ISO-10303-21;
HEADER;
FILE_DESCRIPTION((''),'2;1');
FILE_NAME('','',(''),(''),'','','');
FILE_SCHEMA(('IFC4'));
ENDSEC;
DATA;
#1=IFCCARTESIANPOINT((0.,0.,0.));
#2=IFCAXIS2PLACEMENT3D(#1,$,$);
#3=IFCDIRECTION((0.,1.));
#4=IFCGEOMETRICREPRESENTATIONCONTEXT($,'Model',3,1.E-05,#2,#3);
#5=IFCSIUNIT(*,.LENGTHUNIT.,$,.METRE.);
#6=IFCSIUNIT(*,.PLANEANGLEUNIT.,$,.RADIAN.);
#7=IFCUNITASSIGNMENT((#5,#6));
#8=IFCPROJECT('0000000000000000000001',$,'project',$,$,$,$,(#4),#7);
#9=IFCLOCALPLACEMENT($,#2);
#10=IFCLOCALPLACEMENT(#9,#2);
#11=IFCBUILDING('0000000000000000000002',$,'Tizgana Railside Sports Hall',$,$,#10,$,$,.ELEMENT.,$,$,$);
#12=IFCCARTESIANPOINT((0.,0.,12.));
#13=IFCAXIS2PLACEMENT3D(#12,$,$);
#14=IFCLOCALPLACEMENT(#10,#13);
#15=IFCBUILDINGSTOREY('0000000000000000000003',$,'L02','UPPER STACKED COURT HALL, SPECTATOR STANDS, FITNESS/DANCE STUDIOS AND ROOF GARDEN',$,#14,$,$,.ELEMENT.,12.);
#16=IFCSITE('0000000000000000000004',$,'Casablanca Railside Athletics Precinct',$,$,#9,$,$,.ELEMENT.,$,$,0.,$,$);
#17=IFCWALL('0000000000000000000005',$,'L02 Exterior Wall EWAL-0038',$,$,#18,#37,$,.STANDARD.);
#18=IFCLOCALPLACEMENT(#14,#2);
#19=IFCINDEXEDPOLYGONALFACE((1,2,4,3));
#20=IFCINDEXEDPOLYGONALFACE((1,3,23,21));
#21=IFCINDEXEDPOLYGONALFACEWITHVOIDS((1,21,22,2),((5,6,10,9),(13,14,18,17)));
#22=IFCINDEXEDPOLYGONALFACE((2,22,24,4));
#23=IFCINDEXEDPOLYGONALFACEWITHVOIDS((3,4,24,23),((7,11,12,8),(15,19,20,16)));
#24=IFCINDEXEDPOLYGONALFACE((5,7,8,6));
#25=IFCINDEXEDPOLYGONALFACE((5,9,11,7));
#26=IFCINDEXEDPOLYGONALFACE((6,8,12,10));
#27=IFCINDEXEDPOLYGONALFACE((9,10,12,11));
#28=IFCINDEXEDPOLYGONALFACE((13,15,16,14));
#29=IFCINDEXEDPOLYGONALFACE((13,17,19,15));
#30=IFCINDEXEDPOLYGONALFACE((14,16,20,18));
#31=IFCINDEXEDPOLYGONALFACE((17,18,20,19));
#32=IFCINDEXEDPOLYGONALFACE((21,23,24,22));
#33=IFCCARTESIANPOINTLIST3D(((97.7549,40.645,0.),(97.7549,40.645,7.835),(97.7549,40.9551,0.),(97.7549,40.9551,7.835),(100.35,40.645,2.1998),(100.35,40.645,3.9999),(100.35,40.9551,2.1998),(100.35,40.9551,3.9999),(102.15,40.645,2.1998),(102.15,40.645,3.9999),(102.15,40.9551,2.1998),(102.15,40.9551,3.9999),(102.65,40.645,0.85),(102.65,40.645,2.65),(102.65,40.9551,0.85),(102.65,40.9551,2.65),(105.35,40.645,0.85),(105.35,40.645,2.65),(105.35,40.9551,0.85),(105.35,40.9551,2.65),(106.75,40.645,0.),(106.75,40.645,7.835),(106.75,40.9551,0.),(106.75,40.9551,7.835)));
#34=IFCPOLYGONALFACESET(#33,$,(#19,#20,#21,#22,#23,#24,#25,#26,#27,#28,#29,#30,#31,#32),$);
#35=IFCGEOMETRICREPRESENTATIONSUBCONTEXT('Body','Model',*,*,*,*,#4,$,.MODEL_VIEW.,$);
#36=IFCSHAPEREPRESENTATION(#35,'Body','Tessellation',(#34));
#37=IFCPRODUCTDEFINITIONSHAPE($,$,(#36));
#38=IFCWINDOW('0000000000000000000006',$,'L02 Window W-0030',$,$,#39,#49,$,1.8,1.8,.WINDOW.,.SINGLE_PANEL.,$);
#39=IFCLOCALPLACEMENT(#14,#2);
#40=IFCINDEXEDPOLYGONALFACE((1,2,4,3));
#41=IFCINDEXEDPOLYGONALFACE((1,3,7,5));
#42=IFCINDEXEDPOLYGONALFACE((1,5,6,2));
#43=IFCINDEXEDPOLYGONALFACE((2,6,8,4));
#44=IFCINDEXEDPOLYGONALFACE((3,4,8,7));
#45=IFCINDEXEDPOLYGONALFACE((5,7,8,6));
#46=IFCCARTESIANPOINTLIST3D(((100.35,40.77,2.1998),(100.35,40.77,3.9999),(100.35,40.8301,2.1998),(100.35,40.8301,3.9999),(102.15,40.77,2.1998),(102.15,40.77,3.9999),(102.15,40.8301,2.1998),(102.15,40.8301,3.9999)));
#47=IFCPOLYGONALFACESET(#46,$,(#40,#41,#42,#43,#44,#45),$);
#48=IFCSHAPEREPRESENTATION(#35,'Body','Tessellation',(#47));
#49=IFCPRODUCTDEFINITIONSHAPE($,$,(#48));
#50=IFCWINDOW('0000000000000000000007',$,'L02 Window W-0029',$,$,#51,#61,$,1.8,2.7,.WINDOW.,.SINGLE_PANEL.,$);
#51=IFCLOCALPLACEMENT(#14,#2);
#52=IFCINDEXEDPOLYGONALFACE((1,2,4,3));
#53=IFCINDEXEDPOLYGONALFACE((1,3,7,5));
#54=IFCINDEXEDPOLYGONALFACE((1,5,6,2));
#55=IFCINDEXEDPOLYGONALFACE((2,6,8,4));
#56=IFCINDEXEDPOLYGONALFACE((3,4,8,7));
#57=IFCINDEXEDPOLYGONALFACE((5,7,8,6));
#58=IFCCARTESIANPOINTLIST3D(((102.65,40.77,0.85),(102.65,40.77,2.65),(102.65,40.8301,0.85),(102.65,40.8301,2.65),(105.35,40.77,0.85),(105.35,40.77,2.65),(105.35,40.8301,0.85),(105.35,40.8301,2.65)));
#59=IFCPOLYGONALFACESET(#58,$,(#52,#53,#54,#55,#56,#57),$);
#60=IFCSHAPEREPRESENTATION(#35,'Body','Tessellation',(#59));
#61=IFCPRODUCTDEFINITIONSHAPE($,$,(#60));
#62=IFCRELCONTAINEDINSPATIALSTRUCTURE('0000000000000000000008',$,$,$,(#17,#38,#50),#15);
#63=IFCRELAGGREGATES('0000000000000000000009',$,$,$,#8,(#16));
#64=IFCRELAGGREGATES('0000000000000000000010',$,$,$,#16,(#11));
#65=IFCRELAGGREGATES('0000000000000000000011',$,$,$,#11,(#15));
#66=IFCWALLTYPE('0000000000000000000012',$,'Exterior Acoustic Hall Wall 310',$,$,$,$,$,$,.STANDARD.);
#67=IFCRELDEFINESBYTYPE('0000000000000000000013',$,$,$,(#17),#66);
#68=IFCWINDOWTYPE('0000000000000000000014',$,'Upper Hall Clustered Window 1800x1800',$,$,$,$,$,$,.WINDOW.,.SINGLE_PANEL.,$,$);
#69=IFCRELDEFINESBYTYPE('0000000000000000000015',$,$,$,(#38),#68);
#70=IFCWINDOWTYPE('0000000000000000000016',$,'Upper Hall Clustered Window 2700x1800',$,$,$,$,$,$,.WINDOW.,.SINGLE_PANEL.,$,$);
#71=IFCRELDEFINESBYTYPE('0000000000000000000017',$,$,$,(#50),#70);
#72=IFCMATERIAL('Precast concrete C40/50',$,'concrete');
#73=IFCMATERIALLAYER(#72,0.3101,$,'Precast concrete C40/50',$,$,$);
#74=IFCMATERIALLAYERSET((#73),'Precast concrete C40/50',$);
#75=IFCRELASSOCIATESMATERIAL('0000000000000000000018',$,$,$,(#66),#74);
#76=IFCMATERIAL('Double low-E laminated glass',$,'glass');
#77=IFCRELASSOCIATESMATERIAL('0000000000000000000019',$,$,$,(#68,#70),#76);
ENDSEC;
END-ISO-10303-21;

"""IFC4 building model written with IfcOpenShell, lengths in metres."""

from ifc_helpers import new_model, si_unit, direction, frame, frame_2d, origin, place, context, subcontext, project, spatial, rectangle, extrude, material, layer, layer_set, type_object, element, fill, save


model = new_model("IFC4")

# Units and contexts
model_context = context("Model", 3, precision=1e-05, world=origin(), true_north=direction((0.0, 1.0)))
body_context = subcontext(model_context, "Body", "Model", "MODEL_VIEW")
ifc_project = project(units=[si_unit("LENGTHUNIT", "METRE"), si_unit("PLANEANGLEUNIT", "RADIAN")], contexts=[model_context])

# Site, building, storey
site_placement = place(None, origin())
site = spatial("IfcSite", under=ifc_project, at=site_placement, Name="Casablanca Railside Athletics Precinct", CompositionType="ELEMENT", RefElevation=0.0)
building_placement = place(site_placement, origin())
building = spatial("IfcBuilding", under=site, at=building_placement, Name="Tizgana Railside Sports Hall", CompositionType="ELEMENT")
storey_placement = place(building_placement, frame((0.0, 0.0, 12.0)))
storey = spatial("IfcBuildingStorey", under=building, at=storey_placement, Name="L02", Description="UPPER STACKED COURT HALL, SPECTATOR STANDS, FITNESS/DANCE STUDIOS AND ROOF GARDEN", CompositionType="ELEMENT", Elevation=12.0)

# Shared definitions
ifc_material_1 = material(Name="Precast concrete C40/50", Category="concrete")
ifc_layer_1 = layer(ifc_material_1, 0.3101, Name="Precast concrete C40/50")
ifc_layer_set_1 = layer_set([ifc_layer_1], Name="Precast concrete C40/50")
wall_type = type_object("IfcWallType", Name="Exterior Acoustic Hall Wall 310", PredefinedType="STANDARD", material=ifc_layer_set_1)

# Wall, openings, windows
wall_1_placement = place(storey_placement, frame((106.75, 40.8, 0.0), z_axis=(0.0, 0.0, 1.0), x_axis=(-1.0, 0.0, 0.0)))
wall_1 = element("IfcWall", 1, at=wall_1_placement, inside=storey, type_object=wall_type, Name="L02 Exterior Wall EWAL-0038", PredefinedType="STANDARD", context=body_context, shape_type="SweptSolid", body=[
    extrude(rectangle(XDim=8.9951, YDim=0.3101, at=frame_2d((4.4976, 0.0))), origin(), (0.0, 0.0, 1.0), 7.835),
])
opening_1_placement = place(wall_1_placement, frame((1.3999, 0.0, 0.8501)))
opening_1 = element("IfcOpeningElement", 2, at=opening_1_placement, cuts=wall_1, PredefinedType="OPENING", context=body_context, shape_type="SweptSolid", body=[
    extrude(rectangle(XDim=2.7, YDim=1.8, at=frame_2d((1.3501, 0.8999))), frame((0.0, 0.165, 0.0), z_axis=(0.0, -1.0, 0.0), x_axis=(1.0, 0.0, 0.0)), (0.0, 0.0, 1.0), 0.3301),
])
opening_2_placement = place(wall_1_placement, frame((4.6001, 0.0, 2.2)))
opening_2 = element("IfcOpeningElement", 3, at=opening_2_placement, cuts=wall_1, PredefinedType="OPENING", context=body_context, shape_type="SweptSolid", body=[
    extrude(rectangle(XDim=1.8, YDim=1.8, at=frame_2d((0.8999, 0.8999))), frame((0.0, 0.165, 0.0), z_axis=(0.0, -1.0, 0.0), x_axis=(1.0, 0.0, 0.0)), (0.0, 0.0, 1.0), 0.3301),
])
ifc_material_2 = material(Name="Double low-E laminated glass", Category="glass")
window_type_1 = type_object("IfcWindowType", Name="Upper Hall Clustered Window 1800x1800", PartitioningType="SINGLE_PANEL", PredefinedType="WINDOW", material=ifc_material_2)
window_1_placement = place(opening_2_placement, origin())
window_1 = element("IfcWindow", 4, at=window_1_placement, inside=storey, type_object=window_type_1, Name="L02 Window W-0030", OverallHeight=1.8, OverallWidth=1.8, PartitioningType="SINGLE_PANEL", PredefinedType="WINDOW", context=body_context, shape_type="SweptSolid", body=[
    extrude(rectangle(XDim=1.8, YDim=1.8, at=frame_2d((0.8999, 0.8999))), frame((0.0, 0.03, 0.0), z_axis=(0.0, -1.0, 0.0), x_axis=(1.0, 0.0, 0.0)), (0.0, 0.0, 1.0), 0.0601),
])
fill(opening_2, window_1)
window_type_2 = type_object("IfcWindowType", Name="Upper Hall Clustered Window 2700x1800", PartitioningType="SINGLE_PANEL", PredefinedType="WINDOW", material=ifc_material_2)
window_2_placement = place(opening_1_placement, origin())
window_2 = element("IfcWindow", 5, at=window_2_placement, inside=storey, type_object=window_type_2, Name="L02 Window W-0029", OverallHeight=1.8, OverallWidth=2.7, PartitioningType="SINGLE_PANEL", PredefinedType="WINDOW", context=body_context, shape_type="SweptSolid", body=[
    extrude(rectangle(XDim=2.7, YDim=1.8, at=frame_2d((1.3501, 0.8999))), frame((0.0, 0.03, 0.0), z_axis=(0.0, -1.0, 0.0), x_axis=(1.0, 0.0, 0.0)), (0.0, 0.0, 1.0), 0.0601),
])
fill(opening_1, window_2)

save(model, "model.ifc")
